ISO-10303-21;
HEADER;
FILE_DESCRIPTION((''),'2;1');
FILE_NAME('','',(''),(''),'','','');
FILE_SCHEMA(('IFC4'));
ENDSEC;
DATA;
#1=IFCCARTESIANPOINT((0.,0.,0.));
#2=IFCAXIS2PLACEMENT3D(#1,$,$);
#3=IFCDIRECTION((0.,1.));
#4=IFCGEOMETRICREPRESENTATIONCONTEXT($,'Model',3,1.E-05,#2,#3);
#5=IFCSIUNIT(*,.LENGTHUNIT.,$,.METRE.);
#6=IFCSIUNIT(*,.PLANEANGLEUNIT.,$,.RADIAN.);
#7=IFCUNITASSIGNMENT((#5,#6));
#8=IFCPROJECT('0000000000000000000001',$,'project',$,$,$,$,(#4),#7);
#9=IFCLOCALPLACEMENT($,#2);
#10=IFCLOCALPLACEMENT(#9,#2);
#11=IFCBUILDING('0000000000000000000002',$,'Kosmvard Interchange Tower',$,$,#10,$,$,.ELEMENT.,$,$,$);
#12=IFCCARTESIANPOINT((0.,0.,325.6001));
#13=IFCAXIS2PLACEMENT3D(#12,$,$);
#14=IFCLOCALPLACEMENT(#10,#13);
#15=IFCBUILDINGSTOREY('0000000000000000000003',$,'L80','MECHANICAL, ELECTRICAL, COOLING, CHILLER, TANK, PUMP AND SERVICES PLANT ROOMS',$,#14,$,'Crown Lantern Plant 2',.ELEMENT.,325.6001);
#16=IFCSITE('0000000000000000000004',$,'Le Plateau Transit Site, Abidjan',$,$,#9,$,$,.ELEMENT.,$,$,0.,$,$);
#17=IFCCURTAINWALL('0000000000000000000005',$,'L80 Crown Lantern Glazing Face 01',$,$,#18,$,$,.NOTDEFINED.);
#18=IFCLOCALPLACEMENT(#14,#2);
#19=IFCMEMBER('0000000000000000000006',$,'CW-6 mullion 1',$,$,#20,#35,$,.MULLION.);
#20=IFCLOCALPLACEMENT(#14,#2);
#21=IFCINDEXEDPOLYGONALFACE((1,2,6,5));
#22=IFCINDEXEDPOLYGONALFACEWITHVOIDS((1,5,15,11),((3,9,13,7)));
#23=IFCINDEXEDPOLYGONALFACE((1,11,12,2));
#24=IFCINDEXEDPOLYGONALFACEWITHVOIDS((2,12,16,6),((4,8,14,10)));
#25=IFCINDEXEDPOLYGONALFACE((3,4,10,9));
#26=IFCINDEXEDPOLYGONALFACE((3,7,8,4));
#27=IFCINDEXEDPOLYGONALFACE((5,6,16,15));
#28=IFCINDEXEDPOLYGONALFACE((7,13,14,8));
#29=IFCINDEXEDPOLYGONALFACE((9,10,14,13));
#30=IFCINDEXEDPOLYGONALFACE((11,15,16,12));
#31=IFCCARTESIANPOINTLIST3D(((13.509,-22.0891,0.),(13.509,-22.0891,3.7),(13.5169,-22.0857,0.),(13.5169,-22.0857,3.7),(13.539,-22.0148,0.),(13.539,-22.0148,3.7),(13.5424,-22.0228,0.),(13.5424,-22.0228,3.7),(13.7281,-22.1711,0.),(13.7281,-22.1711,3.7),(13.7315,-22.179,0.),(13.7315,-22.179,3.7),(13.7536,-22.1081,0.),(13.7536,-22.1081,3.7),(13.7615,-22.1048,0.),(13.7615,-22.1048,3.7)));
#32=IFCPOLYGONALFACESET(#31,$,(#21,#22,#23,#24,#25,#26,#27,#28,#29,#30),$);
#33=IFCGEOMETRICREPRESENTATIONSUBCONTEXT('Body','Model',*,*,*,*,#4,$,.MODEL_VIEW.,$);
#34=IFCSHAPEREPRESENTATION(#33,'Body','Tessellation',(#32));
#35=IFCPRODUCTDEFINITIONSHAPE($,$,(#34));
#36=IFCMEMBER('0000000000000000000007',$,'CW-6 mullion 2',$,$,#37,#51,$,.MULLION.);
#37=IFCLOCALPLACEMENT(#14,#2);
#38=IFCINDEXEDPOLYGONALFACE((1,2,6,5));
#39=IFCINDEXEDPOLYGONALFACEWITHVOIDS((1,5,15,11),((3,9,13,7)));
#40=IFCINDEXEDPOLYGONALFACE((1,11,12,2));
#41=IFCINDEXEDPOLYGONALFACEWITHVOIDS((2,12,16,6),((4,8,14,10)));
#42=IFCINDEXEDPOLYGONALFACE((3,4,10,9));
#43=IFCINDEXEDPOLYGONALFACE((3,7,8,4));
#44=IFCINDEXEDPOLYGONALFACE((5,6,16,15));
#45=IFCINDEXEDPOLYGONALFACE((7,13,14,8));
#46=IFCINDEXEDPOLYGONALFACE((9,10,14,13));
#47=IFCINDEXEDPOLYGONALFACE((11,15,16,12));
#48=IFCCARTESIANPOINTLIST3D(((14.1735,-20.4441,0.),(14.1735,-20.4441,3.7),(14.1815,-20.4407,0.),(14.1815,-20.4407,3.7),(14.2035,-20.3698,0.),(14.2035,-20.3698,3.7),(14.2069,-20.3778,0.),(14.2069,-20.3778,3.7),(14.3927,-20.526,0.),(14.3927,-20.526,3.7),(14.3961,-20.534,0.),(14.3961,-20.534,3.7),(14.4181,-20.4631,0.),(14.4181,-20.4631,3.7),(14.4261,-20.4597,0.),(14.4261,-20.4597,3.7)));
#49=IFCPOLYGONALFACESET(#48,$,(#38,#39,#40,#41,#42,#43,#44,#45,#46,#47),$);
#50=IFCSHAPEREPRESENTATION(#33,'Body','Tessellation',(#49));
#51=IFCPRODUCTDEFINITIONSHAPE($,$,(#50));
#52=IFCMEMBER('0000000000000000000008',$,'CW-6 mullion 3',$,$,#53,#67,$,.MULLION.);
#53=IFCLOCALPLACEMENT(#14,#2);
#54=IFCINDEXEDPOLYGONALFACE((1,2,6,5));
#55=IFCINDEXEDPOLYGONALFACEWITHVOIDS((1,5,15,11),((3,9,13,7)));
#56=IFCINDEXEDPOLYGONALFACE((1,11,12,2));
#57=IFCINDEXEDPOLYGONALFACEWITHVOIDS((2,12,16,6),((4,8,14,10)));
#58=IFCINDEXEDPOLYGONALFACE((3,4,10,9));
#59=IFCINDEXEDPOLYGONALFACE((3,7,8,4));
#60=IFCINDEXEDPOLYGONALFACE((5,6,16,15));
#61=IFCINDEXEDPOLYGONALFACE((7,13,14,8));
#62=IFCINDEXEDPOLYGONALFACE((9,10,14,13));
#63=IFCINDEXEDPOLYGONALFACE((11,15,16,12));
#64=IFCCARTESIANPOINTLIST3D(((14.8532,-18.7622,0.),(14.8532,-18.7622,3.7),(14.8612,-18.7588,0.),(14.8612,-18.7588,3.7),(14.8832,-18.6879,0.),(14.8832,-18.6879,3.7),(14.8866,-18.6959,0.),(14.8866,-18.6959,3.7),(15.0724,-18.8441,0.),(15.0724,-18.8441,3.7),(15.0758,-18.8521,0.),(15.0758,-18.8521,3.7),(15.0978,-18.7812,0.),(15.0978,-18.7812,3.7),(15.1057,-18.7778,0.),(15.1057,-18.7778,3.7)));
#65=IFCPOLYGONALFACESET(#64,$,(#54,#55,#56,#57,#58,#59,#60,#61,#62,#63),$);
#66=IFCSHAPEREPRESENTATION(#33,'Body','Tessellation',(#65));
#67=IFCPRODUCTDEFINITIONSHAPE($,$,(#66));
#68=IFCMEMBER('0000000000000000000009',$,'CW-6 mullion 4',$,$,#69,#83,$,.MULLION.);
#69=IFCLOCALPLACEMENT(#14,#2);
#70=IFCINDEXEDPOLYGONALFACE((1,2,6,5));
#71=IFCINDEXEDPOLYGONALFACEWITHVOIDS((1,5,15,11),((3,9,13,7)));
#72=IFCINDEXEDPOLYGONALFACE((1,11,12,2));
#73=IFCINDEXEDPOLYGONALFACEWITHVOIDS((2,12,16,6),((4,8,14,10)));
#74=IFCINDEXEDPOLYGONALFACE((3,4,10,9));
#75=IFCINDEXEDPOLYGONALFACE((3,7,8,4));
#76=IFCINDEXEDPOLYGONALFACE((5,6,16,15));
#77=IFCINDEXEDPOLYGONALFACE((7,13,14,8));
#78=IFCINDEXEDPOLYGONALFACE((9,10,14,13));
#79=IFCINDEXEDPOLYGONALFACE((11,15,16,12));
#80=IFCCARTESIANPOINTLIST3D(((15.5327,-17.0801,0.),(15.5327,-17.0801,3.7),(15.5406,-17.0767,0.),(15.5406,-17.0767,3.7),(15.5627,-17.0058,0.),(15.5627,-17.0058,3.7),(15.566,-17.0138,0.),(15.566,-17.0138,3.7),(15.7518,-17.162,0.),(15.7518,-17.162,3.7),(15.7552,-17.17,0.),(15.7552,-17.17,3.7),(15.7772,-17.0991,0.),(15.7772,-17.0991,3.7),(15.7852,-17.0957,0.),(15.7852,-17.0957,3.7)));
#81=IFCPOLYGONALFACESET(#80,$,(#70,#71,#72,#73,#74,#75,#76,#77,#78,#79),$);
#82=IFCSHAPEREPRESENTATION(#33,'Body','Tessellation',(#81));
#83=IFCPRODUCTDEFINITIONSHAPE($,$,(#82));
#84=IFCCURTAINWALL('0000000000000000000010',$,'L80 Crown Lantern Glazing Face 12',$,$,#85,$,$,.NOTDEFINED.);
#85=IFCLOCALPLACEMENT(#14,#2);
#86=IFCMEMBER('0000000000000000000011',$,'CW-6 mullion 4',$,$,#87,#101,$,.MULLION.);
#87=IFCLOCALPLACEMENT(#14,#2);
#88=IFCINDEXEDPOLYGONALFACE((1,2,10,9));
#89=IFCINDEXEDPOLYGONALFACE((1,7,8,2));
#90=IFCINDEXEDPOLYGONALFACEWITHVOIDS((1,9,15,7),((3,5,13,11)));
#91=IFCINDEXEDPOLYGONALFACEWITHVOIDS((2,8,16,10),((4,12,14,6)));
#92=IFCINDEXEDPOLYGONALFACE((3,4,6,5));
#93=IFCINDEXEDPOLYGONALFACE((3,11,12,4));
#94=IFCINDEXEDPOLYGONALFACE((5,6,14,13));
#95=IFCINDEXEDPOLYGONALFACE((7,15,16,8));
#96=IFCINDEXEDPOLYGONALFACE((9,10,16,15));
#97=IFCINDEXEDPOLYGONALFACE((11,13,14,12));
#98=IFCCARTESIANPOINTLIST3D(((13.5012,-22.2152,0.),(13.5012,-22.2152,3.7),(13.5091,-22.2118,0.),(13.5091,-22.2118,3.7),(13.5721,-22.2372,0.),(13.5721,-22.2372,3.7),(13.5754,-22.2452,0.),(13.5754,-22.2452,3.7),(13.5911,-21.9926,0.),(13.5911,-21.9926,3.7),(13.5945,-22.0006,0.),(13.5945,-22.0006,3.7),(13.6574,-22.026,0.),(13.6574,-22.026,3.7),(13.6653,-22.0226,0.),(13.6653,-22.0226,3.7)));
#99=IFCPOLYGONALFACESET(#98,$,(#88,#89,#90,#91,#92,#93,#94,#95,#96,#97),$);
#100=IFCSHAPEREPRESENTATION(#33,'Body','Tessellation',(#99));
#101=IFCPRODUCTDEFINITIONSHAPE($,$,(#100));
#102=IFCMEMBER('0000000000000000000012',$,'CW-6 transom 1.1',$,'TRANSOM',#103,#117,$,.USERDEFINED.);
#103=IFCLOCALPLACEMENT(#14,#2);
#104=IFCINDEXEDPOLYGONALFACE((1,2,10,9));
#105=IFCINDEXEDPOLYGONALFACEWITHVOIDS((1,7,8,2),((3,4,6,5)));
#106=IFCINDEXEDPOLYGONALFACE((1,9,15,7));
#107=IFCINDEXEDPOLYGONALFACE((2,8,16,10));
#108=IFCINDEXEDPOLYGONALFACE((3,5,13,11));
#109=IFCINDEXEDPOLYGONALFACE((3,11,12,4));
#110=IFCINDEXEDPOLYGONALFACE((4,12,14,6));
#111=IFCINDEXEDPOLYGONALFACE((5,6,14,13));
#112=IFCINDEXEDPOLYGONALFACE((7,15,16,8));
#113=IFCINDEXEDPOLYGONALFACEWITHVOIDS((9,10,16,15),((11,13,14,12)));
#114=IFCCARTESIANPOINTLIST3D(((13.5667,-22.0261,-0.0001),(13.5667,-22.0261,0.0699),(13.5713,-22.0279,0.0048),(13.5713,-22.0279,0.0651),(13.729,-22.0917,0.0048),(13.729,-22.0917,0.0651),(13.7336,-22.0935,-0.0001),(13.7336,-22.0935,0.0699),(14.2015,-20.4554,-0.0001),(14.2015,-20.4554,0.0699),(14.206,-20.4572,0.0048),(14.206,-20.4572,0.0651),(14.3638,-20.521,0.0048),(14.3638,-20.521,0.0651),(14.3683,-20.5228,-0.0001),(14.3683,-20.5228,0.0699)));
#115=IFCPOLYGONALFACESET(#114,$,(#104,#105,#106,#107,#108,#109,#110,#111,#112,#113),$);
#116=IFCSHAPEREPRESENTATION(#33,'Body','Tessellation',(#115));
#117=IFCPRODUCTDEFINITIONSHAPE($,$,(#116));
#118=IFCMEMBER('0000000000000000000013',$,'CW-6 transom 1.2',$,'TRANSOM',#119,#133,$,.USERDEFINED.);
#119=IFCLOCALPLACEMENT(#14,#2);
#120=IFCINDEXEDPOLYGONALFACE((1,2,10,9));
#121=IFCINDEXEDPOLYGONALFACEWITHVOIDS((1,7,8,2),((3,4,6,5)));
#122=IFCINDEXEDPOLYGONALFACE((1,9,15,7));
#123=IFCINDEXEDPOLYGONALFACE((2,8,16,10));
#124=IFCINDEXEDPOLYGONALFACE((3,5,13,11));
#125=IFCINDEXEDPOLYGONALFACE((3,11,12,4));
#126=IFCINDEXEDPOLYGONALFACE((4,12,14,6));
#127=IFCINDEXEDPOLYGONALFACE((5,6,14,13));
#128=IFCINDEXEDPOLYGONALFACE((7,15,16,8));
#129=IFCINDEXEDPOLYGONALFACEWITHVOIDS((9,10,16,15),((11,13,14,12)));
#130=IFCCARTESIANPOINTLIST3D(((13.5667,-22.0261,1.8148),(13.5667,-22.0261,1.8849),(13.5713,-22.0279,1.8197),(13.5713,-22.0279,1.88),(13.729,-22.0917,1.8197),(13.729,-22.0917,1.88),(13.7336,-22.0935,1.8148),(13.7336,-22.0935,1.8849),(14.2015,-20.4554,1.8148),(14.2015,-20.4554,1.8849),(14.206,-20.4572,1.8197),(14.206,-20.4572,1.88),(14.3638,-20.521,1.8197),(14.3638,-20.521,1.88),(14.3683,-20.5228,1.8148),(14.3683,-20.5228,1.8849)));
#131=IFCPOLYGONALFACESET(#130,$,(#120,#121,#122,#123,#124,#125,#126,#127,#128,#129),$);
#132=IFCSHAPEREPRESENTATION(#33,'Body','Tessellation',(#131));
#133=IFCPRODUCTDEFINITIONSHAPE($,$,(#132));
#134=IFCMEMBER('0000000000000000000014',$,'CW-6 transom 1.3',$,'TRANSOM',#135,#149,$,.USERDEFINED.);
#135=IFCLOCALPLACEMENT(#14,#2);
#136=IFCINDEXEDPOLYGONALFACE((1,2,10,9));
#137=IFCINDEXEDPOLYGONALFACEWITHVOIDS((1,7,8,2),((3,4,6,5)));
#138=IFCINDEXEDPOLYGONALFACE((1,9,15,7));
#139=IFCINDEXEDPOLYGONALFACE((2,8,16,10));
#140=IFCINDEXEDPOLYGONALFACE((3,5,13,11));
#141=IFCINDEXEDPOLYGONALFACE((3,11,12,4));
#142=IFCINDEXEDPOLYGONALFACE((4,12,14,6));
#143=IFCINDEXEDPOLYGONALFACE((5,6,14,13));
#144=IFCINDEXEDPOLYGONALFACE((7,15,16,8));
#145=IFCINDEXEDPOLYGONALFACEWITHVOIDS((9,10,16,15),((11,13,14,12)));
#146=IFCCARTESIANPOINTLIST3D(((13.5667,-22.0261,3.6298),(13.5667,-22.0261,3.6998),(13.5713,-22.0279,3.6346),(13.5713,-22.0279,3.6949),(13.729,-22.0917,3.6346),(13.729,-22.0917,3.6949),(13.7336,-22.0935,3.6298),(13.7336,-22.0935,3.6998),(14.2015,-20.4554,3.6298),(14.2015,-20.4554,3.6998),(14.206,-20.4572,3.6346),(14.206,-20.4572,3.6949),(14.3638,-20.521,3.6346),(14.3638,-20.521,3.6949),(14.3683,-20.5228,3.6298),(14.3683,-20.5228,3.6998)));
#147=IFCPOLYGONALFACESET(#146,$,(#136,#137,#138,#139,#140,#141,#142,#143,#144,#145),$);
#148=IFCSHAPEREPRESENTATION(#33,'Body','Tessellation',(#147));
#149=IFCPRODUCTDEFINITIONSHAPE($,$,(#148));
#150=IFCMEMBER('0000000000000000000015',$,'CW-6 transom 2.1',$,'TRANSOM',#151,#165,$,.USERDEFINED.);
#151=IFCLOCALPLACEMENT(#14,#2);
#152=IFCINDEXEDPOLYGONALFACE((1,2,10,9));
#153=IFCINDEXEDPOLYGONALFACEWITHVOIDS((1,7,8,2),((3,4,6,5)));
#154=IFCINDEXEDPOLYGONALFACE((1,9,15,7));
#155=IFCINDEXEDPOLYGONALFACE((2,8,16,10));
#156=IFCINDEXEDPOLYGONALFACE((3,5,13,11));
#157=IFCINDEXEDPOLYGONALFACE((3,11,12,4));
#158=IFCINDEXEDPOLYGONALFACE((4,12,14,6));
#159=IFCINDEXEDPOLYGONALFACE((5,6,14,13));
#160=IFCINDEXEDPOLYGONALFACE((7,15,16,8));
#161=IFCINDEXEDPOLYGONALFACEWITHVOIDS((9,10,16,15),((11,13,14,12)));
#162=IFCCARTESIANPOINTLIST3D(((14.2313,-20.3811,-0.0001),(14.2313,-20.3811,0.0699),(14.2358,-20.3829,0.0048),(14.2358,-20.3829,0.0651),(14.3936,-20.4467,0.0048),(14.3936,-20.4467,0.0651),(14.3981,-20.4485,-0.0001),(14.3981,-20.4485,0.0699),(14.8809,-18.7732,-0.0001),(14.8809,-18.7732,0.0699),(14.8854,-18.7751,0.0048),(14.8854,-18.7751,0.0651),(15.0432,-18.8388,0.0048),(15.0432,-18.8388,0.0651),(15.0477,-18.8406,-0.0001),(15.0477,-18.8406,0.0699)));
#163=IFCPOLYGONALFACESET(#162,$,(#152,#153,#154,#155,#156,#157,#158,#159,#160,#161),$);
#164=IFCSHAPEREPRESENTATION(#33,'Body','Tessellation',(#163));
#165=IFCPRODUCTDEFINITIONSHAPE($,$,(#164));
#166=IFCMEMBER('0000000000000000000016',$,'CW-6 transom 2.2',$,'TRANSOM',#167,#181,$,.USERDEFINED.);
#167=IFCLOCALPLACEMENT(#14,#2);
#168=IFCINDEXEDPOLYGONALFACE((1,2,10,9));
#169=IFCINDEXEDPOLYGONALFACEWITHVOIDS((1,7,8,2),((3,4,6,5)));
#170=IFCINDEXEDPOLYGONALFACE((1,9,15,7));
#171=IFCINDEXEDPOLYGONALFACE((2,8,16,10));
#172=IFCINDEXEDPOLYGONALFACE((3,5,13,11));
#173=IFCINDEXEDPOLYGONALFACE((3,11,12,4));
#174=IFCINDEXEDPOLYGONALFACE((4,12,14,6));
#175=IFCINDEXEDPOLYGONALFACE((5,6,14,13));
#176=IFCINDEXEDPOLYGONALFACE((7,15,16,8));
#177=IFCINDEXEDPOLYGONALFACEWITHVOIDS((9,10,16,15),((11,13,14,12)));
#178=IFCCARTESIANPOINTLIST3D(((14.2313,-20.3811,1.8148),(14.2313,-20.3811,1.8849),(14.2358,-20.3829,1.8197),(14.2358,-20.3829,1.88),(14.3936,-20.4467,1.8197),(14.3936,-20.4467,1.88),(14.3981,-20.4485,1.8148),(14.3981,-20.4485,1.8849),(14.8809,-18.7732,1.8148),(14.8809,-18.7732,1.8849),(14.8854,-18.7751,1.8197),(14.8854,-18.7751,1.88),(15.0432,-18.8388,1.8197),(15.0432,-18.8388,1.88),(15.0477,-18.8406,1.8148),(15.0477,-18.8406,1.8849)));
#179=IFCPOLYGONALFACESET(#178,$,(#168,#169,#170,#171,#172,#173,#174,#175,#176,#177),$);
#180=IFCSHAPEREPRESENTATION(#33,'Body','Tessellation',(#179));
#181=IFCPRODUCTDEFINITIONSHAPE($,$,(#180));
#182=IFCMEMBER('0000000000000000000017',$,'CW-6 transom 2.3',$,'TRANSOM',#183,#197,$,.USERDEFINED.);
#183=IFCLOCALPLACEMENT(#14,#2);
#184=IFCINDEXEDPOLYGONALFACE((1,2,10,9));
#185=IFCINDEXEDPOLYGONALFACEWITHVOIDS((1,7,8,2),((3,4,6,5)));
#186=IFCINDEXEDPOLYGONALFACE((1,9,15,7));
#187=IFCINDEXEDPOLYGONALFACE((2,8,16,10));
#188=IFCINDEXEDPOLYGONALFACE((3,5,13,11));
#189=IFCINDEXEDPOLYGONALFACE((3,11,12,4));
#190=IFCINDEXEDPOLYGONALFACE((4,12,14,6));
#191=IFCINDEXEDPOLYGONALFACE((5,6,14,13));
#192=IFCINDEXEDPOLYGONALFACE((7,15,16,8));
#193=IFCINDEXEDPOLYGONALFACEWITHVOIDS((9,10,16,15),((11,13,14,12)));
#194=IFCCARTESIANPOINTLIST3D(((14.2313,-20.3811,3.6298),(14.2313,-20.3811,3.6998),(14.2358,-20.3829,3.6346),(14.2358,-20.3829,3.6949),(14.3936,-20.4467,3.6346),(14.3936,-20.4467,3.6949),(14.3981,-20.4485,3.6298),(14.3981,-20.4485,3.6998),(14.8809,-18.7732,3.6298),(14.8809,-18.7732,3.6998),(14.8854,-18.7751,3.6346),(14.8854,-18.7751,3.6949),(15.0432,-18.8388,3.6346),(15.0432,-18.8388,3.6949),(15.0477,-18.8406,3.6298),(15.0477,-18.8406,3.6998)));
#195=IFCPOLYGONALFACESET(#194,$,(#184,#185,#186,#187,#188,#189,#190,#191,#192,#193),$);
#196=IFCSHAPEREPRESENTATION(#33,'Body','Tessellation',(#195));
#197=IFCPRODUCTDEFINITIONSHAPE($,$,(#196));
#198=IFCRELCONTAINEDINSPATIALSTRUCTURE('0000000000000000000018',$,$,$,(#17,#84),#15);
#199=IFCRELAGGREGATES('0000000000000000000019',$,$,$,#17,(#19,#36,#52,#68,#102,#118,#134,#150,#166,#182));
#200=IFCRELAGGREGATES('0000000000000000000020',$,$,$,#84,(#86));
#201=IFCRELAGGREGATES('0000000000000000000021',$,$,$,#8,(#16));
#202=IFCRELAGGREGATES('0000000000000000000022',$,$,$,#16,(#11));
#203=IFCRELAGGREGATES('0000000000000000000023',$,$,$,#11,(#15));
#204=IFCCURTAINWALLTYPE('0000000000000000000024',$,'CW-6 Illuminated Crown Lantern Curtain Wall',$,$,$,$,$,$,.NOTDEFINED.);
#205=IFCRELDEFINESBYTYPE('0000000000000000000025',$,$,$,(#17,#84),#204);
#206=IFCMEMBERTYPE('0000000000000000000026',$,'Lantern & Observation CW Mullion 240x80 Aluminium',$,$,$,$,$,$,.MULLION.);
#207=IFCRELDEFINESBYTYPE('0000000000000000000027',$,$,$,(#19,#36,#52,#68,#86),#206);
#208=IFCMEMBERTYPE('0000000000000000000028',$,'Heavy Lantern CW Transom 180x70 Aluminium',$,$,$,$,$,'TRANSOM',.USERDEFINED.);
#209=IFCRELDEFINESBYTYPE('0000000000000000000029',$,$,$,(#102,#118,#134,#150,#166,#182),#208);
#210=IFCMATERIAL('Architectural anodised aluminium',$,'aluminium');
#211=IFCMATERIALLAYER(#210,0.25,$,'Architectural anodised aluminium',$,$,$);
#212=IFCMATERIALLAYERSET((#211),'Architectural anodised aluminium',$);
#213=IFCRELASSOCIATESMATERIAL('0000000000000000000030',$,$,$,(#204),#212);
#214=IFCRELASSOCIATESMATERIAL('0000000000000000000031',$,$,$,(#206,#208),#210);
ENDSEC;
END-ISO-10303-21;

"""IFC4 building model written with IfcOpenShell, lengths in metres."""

from ifc_helpers import new_model, si_unit, direction, frame, origin, origin_2d, place, context, subcontext, project, spatial, hollow_rectangle, extrude, source, transform, mapped, material, layer, layer_set, material_profile, profile_set, type_object, element, aggregate, save


model = new_model("IFC4")

# Units and contexts
model_context = context("Model", 3, precision=1e-05, world=origin(), true_north=direction((0.0, 1.0)))
body_context = subcontext(model_context, "Body", "Model", "MODEL_VIEW")
ifc_project = project(units=[si_unit("LENGTHUNIT", "METRE"), si_unit("PLANEANGLEUNIT", "RADIAN")], contexts=[model_context])

# Site, building, storey
site_placement = place(None, origin())
site = spatial("IfcSite", under=ifc_project, at=site_placement, Name="Le Plateau Transit Site, Abidjan", CompositionType="ELEMENT", RefElevation=0.0)
building_placement = place(site_placement, origin())
building = spatial("IfcBuilding", under=site, at=building_placement, Name="Kosmvard Interchange Tower", CompositionType="ELEMENT")
storey_placement = place(building_placement, frame((0.0, 0.0, 325.6001)))
storey = spatial("IfcBuildingStorey", under=building, at=storey_placement, Name="L80", Description="MECHANICAL, ELECTRICAL, COOLING, CHILLER, TANK, PUMP AND SERVICES PLANT ROOMS", LongName="Crown Lantern Plant 2", CompositionType="ELEMENT", Elevation=325.6001)

# Curtain wall, members
ifc_material_1 = material(Name="Architectural anodised aluminium", Category="aluminium")
ifc_layer_1 = layer(ifc_material_1, 0.25, Name="Architectural anodised aluminium")
ifc_layer_set_1 = layer_set([ifc_layer_1], Name="Architectural anodised aluminium")
curtain_wall_type = type_object("IfcCurtainWallType", Name="CW-6 Illuminated Crown Lantern Curtain Wall", PredefinedType="NOTDEFINED", material=ifc_layer_set_1)
curtain_wall_1_placement = place(storey_placement, origin())
curtain_wall_1 = element("IfcCurtainWall", 1, at=curtain_wall_1_placement, inside=storey, type_object=curtain_wall_type, Name="L80 Crown Lantern Glazing Face 01", PredefinedType="NOTDEFINED")
ifc_material_profile_1 = material_profile(ifc_material_1, hollow_rectangle(XDim=0.24, YDim=0.0801, WallThickness=0.0061, at=origin_2d()), Name="CWM 240x80x6")
ifc_profile_set_1 = profile_set([ifc_material_profile_1], Name="Architectural anodised aluminium")
member_type_1 = type_object("IfcMemberType", Name="Lantern & Observation CW Mullion 240x80 Aluminium", PredefinedType="MULLION", material=ifc_profile_set_1)
shared_shape_1 = source(origin(), body_context, "Body", "SweptSolid", [
    extrude(hollow_rectangle(XDim=0.24, YDim=0.0801, WallThickness=0.0061, at=origin_2d()), origin(), (0.0, 0.0, 1.0), 3.7),
])
member_1_placement = place(storey_placement, frame((13.6353, -22.0969, 0.0), z_axis=(0.0, 0.0, 1.0), x_axis=(-0.927184, 0.374607, 0.0)))
member_1 = element("IfcMember", 2, at=member_1_placement, type_object=member_type_1, Name="CW-6 mullion 1", PredefinedType="MULLION", context=body_context, shape_type="MappedRepresentation", body=[
    mapped(shared_shape_1, transform((0.0, 0.0, 0.0), scale=1.0)),
])
member_2_placement = place(storey_placement, frame((14.2998, -20.4519, 0.0), z_axis=(0.0, 0.0, 1.0), x_axis=(-0.927184, 0.374607, 0.0)))
member_2 = element("IfcMember", 3, at=member_2_placement, type_object=member_type_1, Name="CW-6 mullion 2", PredefinedType="MULLION", context=body_context, shape_type="MappedRepresentation", body=[
    mapped(shared_shape_1, transform((0.0, 0.0, 0.0), scale=1.0)),
])
member_3_placement = place(storey_placement, frame((14.9795, -18.77, 0.0), z_axis=(0.0, 0.0, 1.0), x_axis=(-0.927184, 0.374607, 0.0)))
member_3 = element("IfcMember", 4, at=member_3_placement, type_object=member_type_1, Name="CW-6 mullion 3", PredefinedType="MULLION", context=body_context, shape_type="MappedRepresentation", body=[
    mapped(shared_shape_1, transform((0.0, 0.0, 0.0), scale=1.0)),
])
member_4_placement = place(storey_placement, frame((15.6589, -17.0879, 0.0), z_axis=(0.0, 0.0, 1.0), x_axis=(-0.927184, 0.374607, 0.0)))
member_4 = element("IfcMember", 5, at=member_4_placement, type_object=member_type_1, Name="CW-6 mullion 4", PredefinedType="MULLION", context=body_context, shape_type="MappedRepresentation", body=[
    mapped(shared_shape_1, transform((0.0, 0.0, 0.0), scale=1.0)),
])

# Curtain wall, member
curtain_wall_2_placement = place(storey_placement, origin())
curtain_wall_2 = element("IfcCurtainWall", 6, at=curtain_wall_2_placement, inside=storey, type_object=curtain_wall_type, Name="L80 Crown Lantern Glazing Face 12", PredefinedType="NOTDEFINED")
member_5_placement = place(storey_placement, frame((13.5833, -22.1189, 0.0), z_axis=(0.0, 0.0, 1.0), x_axis=(0.374607, 0.927184, 0.0)))
member_5 = element("IfcMember", 7, at=member_5_placement, type_object=member_type_1, Name="CW-6 mullion 4", PredefinedType="MULLION", context=body_context, shape_type="MappedRepresentation", body=[
    mapped(shared_shape_1, transform((0.0, 0.0, 0.0), scale=1.0)),
])

# Members
ifc_material_profile_2 = material_profile(ifc_material_1, hollow_rectangle(XDim=0.1799, YDim=0.0701, WallThickness=0.0049, at=origin_2d()), Name="CWT 180x70x5")
ifc_profile_set_2 = profile_set([ifc_material_profile_2], Name="Architectural anodised aluminium")
member_type_2 = type_object("IfcMemberType", Name="Heavy Lantern CW Transom 180x70 Aluminium", ElementType="TRANSOM", PredefinedType="USERDEFINED", material=ifc_profile_set_2)
shared_shape_2 = source(origin(), body_context, "Body", "SweptSolid", [
    extrude(hollow_rectangle(XDim=0.1799, YDim=0.0701, WallThickness=0.0049, at=origin_2d()), origin(), (0.0, 0.0, 1.0), 1.6941),
])
member_6_placement = place(storey_placement, frame((13.6501, -22.0598, 0.0349), z_axis=(0.374668, 0.927159, 0.0), x_axis=(-0.927159, 0.374668, 0.0)))
member_6 = element("IfcMember", 8, at=member_6_placement, type_object=member_type_2, Name="CW-6 transom 1.1", ObjectType="TRANSOM", PredefinedType="USERDEFINED", context=body_context, shape_type="MappedRepresentation", body=[
    mapped(shared_shape_2, transform((0.0, 0.0, 0.0), scale=1.0)),
])
member_7_placement = place(storey_placement, frame((13.6501, -22.0598, 1.8499), z_axis=(0.374668, 0.927159, 0.0), x_axis=(-0.927159, 0.374668, 0.0)))
member_7 = element("IfcMember", 9, at=member_7_placement, type_object=member_type_2, Name="CW-6 transom 1.2", ObjectType="TRANSOM", PredefinedType="USERDEFINED", context=body_context, shape_type="MappedRepresentation", body=[
    mapped(shared_shape_2, transform((0.0, 0.0, 0.0), scale=1.0)),
])
member_8_placement = place(storey_placement, frame((13.6501, -22.0598, 3.6648), z_axis=(0.374668, 0.927159, 0.0), x_axis=(-0.927159, 0.374668, 0.0)))
member_8 = element("IfcMember", 10, at=member_8_placement, type_object=member_type_2, Name="CW-6 transom 1.3", ObjectType="TRANSOM", PredefinedType="USERDEFINED", context=body_context, shape_type="MappedRepresentation", body=[
    mapped(shared_shape_2, transform((0.0, 0.0, 0.0), scale=1.0)),
])
shared_shape_3 = source(origin(), body_context, "Body", "SweptSolid", [
    extrude(hollow_rectangle(XDim=0.1799, YDim=0.0701, WallThickness=0.0049, at=origin_2d()), origin(), (0.0, 0.0, 1.0), 1.7341),
])
member_9_placement = place(storey_placement, frame((14.3147, -20.4148, 0.0349), z_axis=(0.374617, 0.92718, 0.0), x_axis=(-0.92718, 0.374617, 0.0)))
member_9 = element("IfcMember", 11, at=member_9_placement, type_object=member_type_2, Name="CW-6 transom 2.1", ObjectType="TRANSOM", PredefinedType="USERDEFINED", context=body_context, shape_type="MappedRepresentation", body=[
    mapped(shared_shape_3, transform((0.0, 0.0, 0.0), scale=1.0)),
])
member_10_placement = place(storey_placement, frame((14.3147, -20.4148, 1.8499), z_axis=(0.374617, 0.92718, 0.0), x_axis=(-0.92718, 0.374617, 0.0)))
member_10 = element("IfcMember", 12, at=member_10_placement, type_object=member_type_2, Name="CW-6 transom 2.2", ObjectType="TRANSOM", PredefinedType="USERDEFINED", context=body_context, shape_type="MappedRepresentation", body=[
    mapped(shared_shape_3, transform((0.0, 0.0, 0.0), scale=1.0)),
])
member_11_placement = place(storey_placement, frame((14.3147, -20.4148, 3.6648), z_axis=(0.374617, 0.92718, 0.0), x_axis=(-0.92718, 0.374617, 0.0)))
member_11 = element("IfcMember", 13, at=member_11_placement, type_object=member_type_2, Name="CW-6 transom 2.3", ObjectType="TRANSOM", PredefinedType="USERDEFINED", context=body_context, shape_type="MappedRepresentation", body=[
    mapped(shared_shape_3, transform((0.0, 0.0, 0.0), scale=1.0)),
])

aggregate(curtain_wall_1, [member_1, member_2, member_3, member_4, member_6, member_7, member_8, member_9, member_10, member_11])
aggregate(curtain_wall_2, [member_5])

save(model, "model.ifc")
